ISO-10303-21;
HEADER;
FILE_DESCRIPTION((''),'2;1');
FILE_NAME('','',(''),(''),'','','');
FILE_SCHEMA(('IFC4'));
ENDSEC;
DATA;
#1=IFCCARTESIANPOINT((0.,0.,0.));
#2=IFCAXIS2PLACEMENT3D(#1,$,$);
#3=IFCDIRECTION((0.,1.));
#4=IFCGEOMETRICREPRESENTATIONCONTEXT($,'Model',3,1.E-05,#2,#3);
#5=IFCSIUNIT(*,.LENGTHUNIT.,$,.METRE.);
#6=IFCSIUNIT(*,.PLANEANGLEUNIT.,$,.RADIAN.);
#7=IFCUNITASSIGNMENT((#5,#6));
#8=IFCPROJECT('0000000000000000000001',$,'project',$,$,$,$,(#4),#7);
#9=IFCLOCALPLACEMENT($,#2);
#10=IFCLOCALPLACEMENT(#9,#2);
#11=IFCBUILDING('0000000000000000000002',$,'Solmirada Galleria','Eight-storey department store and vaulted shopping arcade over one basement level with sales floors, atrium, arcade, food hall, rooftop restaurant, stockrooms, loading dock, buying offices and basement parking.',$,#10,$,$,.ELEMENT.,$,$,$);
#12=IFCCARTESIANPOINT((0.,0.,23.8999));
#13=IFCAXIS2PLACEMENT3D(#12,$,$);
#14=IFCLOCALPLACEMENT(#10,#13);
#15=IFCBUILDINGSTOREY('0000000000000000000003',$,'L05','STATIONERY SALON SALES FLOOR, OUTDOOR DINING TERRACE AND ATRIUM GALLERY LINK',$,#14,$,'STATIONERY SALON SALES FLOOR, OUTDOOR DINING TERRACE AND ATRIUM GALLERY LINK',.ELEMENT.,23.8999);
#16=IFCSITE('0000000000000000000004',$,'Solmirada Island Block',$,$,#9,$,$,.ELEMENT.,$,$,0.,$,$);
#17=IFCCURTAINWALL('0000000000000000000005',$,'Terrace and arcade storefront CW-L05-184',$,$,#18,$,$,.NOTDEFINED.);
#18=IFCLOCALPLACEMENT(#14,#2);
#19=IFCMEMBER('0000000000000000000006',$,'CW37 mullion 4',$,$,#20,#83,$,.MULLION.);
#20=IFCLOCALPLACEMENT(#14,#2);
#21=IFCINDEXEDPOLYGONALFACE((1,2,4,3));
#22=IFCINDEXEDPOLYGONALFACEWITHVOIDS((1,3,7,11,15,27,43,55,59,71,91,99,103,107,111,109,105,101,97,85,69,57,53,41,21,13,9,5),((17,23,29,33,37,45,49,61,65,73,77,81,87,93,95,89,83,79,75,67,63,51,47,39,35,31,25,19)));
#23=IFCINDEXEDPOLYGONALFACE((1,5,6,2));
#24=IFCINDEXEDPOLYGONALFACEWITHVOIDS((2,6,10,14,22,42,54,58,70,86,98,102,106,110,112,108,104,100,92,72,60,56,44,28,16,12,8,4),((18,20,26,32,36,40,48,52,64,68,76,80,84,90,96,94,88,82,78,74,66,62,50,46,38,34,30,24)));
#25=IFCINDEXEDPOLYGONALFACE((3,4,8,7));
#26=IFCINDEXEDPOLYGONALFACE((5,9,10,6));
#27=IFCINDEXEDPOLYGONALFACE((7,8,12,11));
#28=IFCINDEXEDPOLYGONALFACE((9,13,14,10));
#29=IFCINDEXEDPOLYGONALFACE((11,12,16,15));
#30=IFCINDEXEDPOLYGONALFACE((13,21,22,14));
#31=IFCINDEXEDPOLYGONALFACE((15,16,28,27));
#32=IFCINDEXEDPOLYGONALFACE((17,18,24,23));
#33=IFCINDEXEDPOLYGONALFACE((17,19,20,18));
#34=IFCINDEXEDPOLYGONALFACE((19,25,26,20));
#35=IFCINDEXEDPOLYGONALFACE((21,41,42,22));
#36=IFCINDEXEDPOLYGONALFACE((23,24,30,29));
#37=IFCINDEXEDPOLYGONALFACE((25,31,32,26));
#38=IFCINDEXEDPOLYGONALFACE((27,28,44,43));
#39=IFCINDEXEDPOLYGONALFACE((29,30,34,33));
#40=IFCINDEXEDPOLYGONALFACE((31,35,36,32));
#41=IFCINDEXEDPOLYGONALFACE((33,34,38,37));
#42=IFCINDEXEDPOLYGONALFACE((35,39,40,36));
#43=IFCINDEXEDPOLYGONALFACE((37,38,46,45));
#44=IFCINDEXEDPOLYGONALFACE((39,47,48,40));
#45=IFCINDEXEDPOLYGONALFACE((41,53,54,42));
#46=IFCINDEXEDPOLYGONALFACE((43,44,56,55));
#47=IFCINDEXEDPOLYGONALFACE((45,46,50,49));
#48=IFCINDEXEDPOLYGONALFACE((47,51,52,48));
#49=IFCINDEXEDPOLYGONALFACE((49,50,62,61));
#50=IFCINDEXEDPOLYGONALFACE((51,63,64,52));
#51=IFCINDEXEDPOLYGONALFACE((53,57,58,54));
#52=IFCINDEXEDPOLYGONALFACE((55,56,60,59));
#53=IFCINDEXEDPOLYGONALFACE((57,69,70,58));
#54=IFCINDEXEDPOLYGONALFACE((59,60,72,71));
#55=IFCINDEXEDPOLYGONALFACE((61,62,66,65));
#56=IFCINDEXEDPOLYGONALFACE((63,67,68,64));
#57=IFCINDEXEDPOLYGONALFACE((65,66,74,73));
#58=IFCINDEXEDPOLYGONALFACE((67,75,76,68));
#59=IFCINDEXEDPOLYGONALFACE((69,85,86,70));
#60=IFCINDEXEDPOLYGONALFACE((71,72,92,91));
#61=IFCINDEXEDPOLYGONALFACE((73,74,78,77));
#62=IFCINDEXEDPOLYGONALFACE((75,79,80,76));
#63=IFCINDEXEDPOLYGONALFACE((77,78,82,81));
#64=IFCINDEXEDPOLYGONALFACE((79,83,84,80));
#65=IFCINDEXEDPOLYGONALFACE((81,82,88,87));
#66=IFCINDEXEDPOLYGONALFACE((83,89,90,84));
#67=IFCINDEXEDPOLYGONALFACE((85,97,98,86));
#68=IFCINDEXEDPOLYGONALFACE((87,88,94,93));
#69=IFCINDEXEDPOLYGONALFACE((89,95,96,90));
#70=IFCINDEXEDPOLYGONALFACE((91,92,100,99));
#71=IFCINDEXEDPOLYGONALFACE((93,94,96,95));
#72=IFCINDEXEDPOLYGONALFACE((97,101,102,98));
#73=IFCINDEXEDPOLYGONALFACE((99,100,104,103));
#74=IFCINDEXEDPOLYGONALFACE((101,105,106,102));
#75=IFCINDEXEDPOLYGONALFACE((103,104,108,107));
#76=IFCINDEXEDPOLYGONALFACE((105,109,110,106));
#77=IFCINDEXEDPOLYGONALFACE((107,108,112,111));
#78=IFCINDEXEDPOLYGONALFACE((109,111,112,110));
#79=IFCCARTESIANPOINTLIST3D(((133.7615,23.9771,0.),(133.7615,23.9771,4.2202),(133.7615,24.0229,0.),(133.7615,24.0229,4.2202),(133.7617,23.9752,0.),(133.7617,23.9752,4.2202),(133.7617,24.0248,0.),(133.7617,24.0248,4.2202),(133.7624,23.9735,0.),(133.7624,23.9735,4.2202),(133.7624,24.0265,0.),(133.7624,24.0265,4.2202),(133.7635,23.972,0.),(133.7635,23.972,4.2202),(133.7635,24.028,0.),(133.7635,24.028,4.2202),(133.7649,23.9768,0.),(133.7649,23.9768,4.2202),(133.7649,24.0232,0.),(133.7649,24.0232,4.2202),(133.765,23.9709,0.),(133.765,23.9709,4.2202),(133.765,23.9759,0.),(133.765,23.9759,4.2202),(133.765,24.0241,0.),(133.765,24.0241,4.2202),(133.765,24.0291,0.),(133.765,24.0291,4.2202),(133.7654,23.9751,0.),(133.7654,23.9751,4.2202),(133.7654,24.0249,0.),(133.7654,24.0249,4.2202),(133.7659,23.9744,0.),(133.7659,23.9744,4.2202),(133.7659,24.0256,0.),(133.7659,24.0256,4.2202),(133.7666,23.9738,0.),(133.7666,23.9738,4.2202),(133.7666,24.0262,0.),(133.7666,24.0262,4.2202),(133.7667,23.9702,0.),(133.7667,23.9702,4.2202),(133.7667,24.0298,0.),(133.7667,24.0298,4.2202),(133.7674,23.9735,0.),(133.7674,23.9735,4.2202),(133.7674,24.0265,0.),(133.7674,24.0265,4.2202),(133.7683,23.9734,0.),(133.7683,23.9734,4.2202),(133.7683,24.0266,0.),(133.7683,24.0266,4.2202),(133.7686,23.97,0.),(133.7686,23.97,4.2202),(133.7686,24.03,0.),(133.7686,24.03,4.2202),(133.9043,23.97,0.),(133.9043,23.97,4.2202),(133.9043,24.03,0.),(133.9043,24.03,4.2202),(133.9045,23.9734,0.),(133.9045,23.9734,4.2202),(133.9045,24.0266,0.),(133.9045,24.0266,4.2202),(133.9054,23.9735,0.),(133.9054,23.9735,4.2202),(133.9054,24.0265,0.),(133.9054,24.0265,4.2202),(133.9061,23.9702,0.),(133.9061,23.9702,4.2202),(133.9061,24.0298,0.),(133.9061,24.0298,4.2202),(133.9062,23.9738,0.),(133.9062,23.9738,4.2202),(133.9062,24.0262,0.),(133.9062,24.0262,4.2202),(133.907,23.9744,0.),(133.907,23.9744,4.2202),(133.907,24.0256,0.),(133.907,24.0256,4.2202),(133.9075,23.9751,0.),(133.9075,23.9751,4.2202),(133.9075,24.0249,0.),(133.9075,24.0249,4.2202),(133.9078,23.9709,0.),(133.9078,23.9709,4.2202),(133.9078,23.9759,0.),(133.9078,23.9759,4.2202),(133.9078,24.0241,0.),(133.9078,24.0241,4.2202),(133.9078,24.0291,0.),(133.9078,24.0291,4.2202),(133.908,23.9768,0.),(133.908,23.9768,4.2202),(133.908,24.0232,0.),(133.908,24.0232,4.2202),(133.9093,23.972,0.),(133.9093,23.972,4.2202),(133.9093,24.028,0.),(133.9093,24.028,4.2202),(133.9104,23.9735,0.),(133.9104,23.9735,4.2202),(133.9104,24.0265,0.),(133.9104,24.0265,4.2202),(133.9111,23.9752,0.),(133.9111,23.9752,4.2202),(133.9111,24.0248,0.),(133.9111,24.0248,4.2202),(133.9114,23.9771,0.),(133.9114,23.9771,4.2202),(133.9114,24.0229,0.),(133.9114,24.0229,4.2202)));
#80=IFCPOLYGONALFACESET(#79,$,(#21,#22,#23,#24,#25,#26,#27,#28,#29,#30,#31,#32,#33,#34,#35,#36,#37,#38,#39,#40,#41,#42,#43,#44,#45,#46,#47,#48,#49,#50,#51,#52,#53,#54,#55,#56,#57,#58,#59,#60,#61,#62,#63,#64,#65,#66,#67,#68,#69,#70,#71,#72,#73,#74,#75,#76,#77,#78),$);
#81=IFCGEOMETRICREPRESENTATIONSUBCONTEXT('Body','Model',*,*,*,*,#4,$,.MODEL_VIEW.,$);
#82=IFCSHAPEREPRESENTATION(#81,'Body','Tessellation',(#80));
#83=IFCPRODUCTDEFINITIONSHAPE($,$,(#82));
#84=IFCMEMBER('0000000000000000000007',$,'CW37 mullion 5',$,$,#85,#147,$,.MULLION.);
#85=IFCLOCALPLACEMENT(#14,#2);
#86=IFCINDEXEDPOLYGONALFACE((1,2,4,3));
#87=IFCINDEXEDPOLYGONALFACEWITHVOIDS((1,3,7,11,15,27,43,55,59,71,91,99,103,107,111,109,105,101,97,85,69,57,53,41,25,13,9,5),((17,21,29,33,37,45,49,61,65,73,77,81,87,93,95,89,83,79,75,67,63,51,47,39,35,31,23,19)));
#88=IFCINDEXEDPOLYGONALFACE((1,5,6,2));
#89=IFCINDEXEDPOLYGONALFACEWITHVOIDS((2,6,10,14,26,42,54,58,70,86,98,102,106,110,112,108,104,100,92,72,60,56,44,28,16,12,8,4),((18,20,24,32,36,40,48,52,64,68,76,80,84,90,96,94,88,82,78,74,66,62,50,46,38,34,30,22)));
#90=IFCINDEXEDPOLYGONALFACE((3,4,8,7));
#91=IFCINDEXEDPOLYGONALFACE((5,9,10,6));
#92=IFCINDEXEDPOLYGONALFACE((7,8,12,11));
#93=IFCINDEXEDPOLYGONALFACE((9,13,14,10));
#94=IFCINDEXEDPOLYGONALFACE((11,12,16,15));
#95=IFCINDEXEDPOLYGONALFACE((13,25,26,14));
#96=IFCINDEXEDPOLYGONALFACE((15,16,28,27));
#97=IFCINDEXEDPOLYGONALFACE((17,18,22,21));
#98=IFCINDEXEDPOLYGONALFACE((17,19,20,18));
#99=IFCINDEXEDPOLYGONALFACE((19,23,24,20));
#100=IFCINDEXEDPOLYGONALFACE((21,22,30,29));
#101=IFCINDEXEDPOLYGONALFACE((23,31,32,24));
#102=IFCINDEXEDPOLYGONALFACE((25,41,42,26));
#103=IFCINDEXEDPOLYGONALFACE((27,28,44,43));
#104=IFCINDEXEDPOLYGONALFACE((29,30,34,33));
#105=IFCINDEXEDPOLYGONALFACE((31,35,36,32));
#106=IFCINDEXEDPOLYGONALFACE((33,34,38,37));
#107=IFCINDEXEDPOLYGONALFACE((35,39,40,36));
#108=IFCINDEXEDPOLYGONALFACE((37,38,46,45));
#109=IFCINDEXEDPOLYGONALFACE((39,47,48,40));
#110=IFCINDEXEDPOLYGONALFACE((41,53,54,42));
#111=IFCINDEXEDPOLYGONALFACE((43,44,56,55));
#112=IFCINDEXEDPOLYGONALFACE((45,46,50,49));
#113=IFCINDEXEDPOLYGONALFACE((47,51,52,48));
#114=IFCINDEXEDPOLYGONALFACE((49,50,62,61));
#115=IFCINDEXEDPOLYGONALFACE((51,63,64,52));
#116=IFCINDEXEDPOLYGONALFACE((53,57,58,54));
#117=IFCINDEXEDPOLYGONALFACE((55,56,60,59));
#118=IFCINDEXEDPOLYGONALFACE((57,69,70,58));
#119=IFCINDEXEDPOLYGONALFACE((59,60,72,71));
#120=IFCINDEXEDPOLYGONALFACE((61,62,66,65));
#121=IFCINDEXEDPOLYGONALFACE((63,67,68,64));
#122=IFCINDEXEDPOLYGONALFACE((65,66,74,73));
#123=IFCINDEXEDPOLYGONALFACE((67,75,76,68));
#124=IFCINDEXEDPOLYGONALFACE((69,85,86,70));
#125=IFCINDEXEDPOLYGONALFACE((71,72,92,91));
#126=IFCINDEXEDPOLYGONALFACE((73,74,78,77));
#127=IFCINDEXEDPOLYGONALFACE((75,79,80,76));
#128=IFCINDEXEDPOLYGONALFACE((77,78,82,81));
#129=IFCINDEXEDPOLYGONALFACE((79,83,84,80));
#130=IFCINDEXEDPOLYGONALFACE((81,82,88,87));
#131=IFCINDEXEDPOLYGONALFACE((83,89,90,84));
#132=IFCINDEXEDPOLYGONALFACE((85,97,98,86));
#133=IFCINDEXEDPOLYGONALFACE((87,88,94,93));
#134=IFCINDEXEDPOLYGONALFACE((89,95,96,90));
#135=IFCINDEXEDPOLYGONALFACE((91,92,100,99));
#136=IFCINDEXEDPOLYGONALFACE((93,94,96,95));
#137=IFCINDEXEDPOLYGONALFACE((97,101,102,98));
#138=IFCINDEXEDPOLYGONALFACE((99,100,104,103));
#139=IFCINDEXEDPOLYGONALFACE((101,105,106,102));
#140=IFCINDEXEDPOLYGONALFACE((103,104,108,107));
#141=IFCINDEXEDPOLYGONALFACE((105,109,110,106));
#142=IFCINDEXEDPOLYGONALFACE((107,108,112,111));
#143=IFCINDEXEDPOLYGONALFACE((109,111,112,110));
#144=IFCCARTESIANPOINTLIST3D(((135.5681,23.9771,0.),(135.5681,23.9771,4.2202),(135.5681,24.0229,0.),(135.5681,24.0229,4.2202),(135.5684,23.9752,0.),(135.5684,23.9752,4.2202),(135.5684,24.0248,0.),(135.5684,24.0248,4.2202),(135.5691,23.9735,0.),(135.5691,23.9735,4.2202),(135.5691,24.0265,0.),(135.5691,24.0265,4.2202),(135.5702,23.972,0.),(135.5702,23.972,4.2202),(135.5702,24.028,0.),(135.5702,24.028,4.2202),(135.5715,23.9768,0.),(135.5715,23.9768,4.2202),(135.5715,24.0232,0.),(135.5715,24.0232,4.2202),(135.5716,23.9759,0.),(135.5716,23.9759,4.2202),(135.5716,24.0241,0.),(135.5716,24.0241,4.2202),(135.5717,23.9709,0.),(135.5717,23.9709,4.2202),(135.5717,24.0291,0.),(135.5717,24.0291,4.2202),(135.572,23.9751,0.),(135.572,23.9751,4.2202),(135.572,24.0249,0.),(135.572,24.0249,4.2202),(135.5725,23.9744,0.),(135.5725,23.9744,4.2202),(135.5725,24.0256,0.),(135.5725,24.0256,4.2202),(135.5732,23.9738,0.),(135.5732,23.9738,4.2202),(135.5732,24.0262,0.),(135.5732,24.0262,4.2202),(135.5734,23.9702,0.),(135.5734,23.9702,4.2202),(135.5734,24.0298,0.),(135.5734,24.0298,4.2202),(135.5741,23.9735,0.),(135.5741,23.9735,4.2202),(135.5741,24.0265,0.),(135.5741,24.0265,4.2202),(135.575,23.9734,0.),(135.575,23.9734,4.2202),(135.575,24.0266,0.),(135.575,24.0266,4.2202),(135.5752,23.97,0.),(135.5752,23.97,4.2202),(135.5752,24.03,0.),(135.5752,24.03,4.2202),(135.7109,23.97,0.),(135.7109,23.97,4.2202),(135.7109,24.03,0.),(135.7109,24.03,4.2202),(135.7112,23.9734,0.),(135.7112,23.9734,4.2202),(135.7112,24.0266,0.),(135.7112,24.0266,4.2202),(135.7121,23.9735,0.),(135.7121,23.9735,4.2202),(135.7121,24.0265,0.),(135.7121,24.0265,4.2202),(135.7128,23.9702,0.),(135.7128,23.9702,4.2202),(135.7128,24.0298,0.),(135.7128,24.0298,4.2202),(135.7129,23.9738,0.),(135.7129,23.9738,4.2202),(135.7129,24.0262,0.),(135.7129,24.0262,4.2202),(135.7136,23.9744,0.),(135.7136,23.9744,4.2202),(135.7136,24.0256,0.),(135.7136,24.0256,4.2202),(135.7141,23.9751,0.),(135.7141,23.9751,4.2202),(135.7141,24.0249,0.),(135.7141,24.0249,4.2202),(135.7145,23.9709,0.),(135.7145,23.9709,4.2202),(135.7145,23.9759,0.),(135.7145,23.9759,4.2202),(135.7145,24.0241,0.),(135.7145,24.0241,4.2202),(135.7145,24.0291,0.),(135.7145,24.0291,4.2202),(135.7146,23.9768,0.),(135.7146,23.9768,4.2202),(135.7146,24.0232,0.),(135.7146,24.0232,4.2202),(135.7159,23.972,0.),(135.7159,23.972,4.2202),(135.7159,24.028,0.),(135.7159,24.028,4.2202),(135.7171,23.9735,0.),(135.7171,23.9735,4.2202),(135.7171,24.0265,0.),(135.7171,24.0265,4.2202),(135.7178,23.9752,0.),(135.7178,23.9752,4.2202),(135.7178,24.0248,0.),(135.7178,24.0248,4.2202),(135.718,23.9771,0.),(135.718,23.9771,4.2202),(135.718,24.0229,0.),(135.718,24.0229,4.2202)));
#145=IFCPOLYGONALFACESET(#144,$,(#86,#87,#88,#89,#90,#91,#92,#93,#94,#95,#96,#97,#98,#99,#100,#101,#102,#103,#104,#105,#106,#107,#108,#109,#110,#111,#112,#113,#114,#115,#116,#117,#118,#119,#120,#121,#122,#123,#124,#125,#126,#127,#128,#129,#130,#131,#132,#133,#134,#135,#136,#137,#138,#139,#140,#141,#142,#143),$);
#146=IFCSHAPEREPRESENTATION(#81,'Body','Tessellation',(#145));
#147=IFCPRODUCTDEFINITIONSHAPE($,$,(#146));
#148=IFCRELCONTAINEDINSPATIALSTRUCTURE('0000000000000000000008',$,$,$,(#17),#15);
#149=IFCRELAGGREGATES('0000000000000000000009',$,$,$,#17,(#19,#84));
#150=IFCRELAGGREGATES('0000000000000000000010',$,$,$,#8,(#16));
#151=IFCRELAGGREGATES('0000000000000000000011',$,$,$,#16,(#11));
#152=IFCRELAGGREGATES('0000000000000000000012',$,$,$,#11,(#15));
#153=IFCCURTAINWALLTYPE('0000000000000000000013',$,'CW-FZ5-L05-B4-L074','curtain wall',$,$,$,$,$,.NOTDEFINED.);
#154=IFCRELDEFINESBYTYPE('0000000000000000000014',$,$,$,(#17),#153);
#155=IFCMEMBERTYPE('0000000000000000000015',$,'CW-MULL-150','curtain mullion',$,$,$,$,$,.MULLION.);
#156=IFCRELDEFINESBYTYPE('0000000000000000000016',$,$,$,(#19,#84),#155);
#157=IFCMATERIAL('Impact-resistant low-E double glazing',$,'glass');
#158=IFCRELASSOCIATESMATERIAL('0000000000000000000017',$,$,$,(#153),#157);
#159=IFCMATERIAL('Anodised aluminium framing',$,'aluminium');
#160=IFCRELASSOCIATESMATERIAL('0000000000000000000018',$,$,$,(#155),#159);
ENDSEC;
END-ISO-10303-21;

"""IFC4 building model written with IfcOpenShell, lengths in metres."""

from ifc_helpers import new_model, si_unit, direction, frame, origin, origin_2d, place, context, subcontext, project, spatial, hollow_rectangle, extrude, material, material_profile, profile_set, type_object, element, aggregate, save


model = new_model("IFC4")

# Units and contexts
model_context = context("Model", 3, precision=1e-05, world=origin(), true_north=direction((0.0, 1.0)))
body_context = subcontext(model_context, "Body", "Model", "MODEL_VIEW")
ifc_project = project(units=[si_unit("LENGTHUNIT", "METRE"), si_unit("PLANEANGLEUNIT", "RADIAN")], contexts=[model_context])

# Site, building, storey
site_placement = place(None, origin())
site = spatial("IfcSite", under=ifc_project, at=site_placement, Name="Solmirada Island Block", CompositionType="ELEMENT", RefElevation=0.0)
building_placement = place(site_placement, origin())
building = spatial("IfcBuilding", under=site, at=building_placement, Name="Solmirada Galleria", Description="Eight-storey department store and vaulted shopping arcade over one basement level with sales floors, atrium, arcade, food hall, rooftop restaurant, stockrooms, loading dock, buying offices and basement parking.", CompositionType="ELEMENT")
storey_placement = place(building_placement, frame((0.0, 0.0, 23.8999)))
storey = spatial("IfcBuildingStorey", under=building, at=storey_placement, Name="L05", Description="STATIONERY SALON SALES FLOOR, OUTDOOR DINING TERRACE AND ATRIUM GALLERY LINK", LongName="STATIONERY SALON SALES FLOOR, OUTDOOR DINING TERRACE AND ATRIUM GALLERY LINK", CompositionType="ELEMENT", Elevation=23.8999)

# Curtain wall, members
ifc_material_1 = material(Name="Impact-resistant low-E double glazing", Category="glass")
curtain_wall_type = type_object("IfcCurtainWallType", Name="CW-FZ5-L05-B4-L074", Description="curtain wall", PredefinedType="NOTDEFINED", material=ifc_material_1)
curtain_wall_placement = place(storey_placement, origin())
curtain_wall = element("IfcCurtainWall", 1, at=curtain_wall_placement, inside=storey, type_object=curtain_wall_type, Name="Terrace and arcade storefront CW-L05-184", PredefinedType="NOTDEFINED")
ifc_material_2 = material(Name="Anodised aluminium framing", Category="aluminium")
ifc_material_profile_1 = material_profile(ifc_material_2, hollow_rectangle(XDim=0.0601, YDim=0.1499, WallThickness=0.0034, InnerFilletRadius=0.0034, OuterFilletRadius=0.0071, at=origin_2d()), Name="ALU-MULL-150X60")
ifc_profile_set_1 = profile_set([ifc_material_profile_1], Name="Anodised aluminium framing")
member_type_1 = type_object("IfcMemberType", Name="CW-MULL-150", Description="curtain mullion", PredefinedType="MULLION", material=ifc_profile_set_1)
member_1_placement = place(storey_placement, frame((133.8364, 24.0, 0.0), z_axis=(0.0, 0.0, 1.0), x_axis=(0.0, 1.0, 0.0)))
member_1 = element("IfcMember", 2, at=member_1_placement, type_object=member_type_1, Name="CW37 mullion 4", PredefinedType="MULLION", context=body_context, shape_type="SweptSolid", body=[
    extrude(hollow_rectangle(XDim=0.0601, YDim=0.1499, WallThickness=0.0034, InnerFilletRadius=0.0034, OuterFilletRadius=0.0071, at=origin_2d()), origin(), (0.0, 0.0, 1.0), 4.2202),
])
member_2_placement = place(storey_placement, frame((135.6431, 24.0, 0.0), z_axis=(0.0, 0.0, 1.0), x_axis=(0.0, 1.0, 0.0)))
member_2 = element("IfcMember", 3, at=member_2_placement, type_object=member_type_1, Name="CW37 mullion 5", PredefinedType="MULLION", context=body_context, shape_type="SweptSolid", body=[
    extrude(hollow_rectangle(XDim=0.0601, YDim=0.1499, WallThickness=0.0034, InnerFilletRadius=0.0034, OuterFilletRadius=0.0071, at=origin_2d()), origin(), (0.0, 0.0, 1.0), 4.2202),
])
aggregate(curtain_wall, [member_1, member_2])

save(model, "model.ifc")
